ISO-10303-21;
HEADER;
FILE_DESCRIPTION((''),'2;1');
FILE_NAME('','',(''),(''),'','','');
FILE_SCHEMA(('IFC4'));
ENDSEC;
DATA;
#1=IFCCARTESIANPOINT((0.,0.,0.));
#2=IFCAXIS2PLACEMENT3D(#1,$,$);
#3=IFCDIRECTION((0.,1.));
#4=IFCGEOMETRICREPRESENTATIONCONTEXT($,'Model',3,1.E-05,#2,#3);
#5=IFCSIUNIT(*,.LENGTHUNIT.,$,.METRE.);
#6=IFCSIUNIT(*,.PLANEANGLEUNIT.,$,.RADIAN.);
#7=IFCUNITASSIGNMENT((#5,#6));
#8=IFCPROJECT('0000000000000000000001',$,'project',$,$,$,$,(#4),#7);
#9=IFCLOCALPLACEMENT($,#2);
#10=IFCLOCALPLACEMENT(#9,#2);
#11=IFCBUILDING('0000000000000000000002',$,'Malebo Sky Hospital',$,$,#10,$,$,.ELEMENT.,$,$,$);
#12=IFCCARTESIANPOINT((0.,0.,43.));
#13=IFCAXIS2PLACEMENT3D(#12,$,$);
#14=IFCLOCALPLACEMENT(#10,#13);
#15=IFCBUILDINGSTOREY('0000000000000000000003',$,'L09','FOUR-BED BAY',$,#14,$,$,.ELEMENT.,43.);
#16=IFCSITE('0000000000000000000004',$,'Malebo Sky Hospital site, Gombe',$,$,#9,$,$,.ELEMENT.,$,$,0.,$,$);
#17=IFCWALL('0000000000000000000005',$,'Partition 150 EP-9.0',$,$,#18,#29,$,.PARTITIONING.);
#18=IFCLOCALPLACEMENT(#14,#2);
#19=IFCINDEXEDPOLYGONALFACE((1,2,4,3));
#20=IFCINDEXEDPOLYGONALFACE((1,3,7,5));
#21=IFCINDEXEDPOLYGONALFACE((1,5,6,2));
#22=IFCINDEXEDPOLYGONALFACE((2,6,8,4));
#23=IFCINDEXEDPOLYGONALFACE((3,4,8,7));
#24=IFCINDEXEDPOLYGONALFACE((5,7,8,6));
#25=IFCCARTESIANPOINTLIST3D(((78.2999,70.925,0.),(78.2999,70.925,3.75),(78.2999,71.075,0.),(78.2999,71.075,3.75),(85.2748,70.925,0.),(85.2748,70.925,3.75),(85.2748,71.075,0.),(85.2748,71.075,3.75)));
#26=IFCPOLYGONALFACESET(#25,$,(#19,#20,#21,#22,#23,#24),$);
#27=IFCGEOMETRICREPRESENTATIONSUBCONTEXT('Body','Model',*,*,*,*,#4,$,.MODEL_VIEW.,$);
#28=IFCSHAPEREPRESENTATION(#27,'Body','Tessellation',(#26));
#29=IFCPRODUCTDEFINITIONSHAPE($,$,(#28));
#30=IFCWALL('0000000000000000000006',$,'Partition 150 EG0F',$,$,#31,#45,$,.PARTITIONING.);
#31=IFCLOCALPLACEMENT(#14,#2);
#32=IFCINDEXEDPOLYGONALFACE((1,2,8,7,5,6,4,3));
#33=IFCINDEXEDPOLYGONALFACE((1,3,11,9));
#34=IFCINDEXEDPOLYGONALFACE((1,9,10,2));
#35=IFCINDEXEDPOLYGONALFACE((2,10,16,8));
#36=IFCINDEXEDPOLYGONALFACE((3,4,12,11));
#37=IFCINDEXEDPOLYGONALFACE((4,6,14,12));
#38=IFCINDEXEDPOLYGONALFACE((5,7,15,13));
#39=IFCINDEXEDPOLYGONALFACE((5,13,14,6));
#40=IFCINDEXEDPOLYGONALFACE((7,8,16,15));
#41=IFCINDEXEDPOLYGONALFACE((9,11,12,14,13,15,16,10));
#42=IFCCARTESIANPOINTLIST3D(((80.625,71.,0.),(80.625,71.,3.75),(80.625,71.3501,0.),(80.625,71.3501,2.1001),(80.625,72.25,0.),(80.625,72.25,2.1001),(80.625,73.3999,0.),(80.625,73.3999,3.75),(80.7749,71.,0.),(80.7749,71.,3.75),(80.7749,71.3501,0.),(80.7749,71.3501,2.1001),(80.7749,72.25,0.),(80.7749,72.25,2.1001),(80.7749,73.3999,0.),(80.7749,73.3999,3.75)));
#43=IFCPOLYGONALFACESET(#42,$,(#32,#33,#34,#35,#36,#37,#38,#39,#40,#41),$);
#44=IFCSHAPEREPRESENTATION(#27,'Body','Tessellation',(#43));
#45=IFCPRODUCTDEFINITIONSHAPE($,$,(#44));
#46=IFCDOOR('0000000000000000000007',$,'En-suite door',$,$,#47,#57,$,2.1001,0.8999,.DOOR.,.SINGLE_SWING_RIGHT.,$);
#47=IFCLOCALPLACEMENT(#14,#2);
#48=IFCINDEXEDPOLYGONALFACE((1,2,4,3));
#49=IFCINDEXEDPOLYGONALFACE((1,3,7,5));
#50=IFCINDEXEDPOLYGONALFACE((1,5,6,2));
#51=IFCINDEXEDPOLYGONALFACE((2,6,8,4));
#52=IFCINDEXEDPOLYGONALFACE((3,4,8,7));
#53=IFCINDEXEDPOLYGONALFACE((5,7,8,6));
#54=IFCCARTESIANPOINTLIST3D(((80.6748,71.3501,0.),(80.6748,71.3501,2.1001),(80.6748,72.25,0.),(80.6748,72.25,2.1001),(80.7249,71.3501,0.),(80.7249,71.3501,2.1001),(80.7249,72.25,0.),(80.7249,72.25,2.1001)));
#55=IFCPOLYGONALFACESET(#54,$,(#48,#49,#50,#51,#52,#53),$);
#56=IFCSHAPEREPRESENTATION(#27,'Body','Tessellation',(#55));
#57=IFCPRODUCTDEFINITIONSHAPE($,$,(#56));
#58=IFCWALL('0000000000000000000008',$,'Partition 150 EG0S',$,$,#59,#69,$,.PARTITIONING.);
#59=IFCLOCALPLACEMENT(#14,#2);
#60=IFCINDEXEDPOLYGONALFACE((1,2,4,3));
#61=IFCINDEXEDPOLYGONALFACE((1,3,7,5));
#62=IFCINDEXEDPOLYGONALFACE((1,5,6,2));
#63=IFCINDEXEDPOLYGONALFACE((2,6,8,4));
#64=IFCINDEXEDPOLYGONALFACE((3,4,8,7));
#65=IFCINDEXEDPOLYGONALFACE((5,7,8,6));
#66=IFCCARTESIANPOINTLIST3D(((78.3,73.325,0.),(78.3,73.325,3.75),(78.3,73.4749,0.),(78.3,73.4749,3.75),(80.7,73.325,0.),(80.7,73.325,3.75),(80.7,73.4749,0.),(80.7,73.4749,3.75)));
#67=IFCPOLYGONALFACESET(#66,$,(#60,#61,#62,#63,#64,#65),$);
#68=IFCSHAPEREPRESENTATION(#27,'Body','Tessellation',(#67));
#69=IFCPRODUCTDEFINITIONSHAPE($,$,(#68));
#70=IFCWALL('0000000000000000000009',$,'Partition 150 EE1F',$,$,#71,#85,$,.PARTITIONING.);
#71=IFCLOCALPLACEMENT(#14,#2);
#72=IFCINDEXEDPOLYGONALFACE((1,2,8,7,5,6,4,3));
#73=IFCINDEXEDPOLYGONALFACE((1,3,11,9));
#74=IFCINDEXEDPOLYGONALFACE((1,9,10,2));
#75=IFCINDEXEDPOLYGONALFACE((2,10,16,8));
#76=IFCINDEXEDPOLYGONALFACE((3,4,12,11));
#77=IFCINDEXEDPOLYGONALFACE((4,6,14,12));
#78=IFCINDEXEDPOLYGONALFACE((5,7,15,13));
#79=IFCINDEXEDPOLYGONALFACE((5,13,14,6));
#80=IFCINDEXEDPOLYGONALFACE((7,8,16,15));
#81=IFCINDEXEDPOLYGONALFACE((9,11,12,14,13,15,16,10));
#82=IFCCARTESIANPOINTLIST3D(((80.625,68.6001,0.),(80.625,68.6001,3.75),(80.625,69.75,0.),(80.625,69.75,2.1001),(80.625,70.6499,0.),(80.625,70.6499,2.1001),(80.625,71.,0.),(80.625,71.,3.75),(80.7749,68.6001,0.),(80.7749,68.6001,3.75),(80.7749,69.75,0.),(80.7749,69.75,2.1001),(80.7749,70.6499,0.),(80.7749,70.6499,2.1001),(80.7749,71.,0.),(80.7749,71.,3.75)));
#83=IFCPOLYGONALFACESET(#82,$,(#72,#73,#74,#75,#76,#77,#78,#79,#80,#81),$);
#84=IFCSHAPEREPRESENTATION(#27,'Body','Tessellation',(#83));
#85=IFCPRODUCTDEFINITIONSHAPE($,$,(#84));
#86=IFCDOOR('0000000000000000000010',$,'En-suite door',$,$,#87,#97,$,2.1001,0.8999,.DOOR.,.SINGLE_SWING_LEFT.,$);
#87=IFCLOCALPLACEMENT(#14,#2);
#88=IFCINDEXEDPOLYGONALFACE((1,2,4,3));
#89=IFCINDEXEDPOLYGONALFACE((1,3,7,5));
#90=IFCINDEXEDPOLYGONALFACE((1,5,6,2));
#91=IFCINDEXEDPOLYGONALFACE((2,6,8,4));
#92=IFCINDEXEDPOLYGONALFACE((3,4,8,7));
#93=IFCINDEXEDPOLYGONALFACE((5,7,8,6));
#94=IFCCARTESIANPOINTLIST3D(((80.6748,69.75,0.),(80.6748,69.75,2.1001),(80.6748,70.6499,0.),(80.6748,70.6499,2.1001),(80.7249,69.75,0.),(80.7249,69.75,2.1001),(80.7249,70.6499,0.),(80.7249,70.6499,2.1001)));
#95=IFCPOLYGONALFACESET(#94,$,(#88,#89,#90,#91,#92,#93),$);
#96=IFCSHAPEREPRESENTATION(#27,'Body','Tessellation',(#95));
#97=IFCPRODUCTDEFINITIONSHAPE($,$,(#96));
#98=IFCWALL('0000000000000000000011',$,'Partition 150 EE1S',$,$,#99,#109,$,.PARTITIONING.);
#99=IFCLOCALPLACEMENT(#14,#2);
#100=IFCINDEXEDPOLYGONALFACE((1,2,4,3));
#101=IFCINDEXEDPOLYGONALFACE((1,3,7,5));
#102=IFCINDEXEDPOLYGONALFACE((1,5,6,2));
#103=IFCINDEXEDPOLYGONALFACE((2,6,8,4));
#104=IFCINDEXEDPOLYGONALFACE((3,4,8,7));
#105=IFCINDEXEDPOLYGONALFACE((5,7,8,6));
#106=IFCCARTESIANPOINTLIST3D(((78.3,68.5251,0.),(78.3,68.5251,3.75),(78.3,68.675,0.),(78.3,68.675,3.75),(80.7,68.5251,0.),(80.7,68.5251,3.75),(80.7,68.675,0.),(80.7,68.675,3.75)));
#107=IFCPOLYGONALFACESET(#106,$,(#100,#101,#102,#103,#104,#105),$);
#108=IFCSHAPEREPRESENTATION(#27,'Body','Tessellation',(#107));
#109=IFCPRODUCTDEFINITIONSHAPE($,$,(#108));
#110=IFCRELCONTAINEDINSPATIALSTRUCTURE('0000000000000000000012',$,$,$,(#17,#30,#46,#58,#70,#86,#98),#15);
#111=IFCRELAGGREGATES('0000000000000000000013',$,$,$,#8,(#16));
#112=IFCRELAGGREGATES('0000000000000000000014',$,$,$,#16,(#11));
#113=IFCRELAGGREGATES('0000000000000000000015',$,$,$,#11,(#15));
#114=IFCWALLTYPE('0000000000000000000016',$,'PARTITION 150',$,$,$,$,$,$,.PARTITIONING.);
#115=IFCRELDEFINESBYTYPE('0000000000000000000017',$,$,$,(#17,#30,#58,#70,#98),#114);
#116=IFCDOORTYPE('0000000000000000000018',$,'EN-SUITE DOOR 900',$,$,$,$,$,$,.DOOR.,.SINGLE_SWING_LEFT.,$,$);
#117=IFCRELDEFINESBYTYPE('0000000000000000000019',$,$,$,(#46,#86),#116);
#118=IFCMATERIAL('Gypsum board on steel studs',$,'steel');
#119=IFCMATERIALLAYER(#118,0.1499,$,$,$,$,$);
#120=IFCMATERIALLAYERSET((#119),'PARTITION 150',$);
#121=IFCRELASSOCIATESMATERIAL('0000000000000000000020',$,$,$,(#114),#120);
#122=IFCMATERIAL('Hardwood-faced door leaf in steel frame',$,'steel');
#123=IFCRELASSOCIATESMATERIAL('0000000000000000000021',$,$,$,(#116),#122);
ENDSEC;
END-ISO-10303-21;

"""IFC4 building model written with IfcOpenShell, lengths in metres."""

from ifc_helpers import new_model, si_unit, direction, frame, frame_2d, origin, place, context, subcontext, project, spatial, rectangle, extrude, material, layer, layer_set, type_object, element, fill, save


model = new_model("IFC4")

# Units and contexts
model_context = context("Model", 3, precision=1e-05, world=origin(), true_north=direction((0.0, 1.0)))
body_context = subcontext(model_context, "Body", "Model", "MODEL_VIEW")
ifc_project = project(units=[si_unit("LENGTHUNIT", "METRE"), si_unit("PLANEANGLEUNIT", "RADIAN")], contexts=[model_context])

# Site, building, storey
site_placement = place(None, origin())
site = spatial("IfcSite", under=ifc_project, at=site_placement, Name="Malebo Sky Hospital site, Gombe", CompositionType="ELEMENT", RefElevation=0.0)
building_placement = place(site_placement, origin())
building = spatial("IfcBuilding", under=site, at=building_placement, Name="Malebo Sky Hospital", CompositionType="ELEMENT")
storey_placement = place(building_placement, frame((0.0, 0.0, 43.0)))
storey = spatial("IfcBuildingStorey", under=building, at=storey_placement, Name="L09", Description="FOUR-BED BAY", CompositionType="ELEMENT", Elevation=43.0)

# Wall
ifc_material_1 = material(Name="Gypsum board on steel studs", Category="steel")
ifc_layer_1 = layer(ifc_material_1, 0.1499)
ifc_layer_set_1 = layer_set([ifc_layer_1], Name="PARTITION 150")
wall_type = type_object("IfcWallType", Name="PARTITION 150", PredefinedType="PARTITIONING", material=ifc_layer_set_1)
wall_1_placement = place(storey_placement, frame((78.3, 71.0, 0.0), z_axis=(0.0, 0.0, 1.0), x_axis=(1.0, 0.0, 0.0)))
element("IfcWall", 1, at=wall_1_placement, inside=storey, type_object=wall_type, Name="Partition 150 EP-9.0", PredefinedType="PARTITIONING", context=body_context, shape_type="SweptSolid", body=[
    extrude(rectangle(XDim=6.9749, YDim=0.1499, at=frame_2d((3.4873, 0.0))), origin(), (0.0, 0.0, 1.0), 3.75),
])

# Wall, opening, door
wall_2_placement = place(storey_placement, frame((80.7, 73.3999, 0.0), z_axis=(0.0, 0.0, 1.0), x_axis=(0.0, -1.0, 0.0)))
wall_2 = element("IfcWall", 2, at=wall_2_placement, inside=storey, type_object=wall_type, Name="Partition 150 EG0F", PredefinedType="PARTITIONING", context=body_context, shape_type="SweptSolid", body=[
    extrude(rectangle(XDim=2.3999, YDim=0.1499, at=frame_2d((1.2, 0.0))), origin(), (0.0, 0.0, 1.0), 3.75),
])
opening_1_placement = place(wall_2_placement, frame((1.1499, 0.0, 0.0)))
opening_1 = element("IfcOpeningElement", 3, at=opening_1_placement, cuts=wall_2, PredefinedType="OPENING", context=body_context, shape_type="SweptSolid", body=[
    extrude(rectangle(XDim=0.8999, YDim=2.1001, at=frame_2d((0.45, 1.05))), frame((0.0, 0.085, 0.0), z_axis=(0.0, -1.0, 0.0), x_axis=(1.0, 0.0, 0.0)), (0.0, 0.0, 1.0), 0.1699),
])
ifc_material_2 = material(Name="Hardwood-faced door leaf in steel frame", Category="steel")
door_type = type_object("IfcDoorType", Name="EN-SUITE DOOR 900", OperationType="SINGLE_SWING_LEFT", PredefinedType="DOOR", material=ifc_material_2)
door_1_placement = place(opening_1_placement, origin())
door_1 = element("IfcDoor", 4, at=door_1_placement, inside=storey, type_object=door_type, Name="En-suite door", OperationType="SINGLE_SWING_RIGHT", OverallHeight=2.1001, OverallWidth=0.8999, PredefinedType="DOOR", context=body_context, shape_type="SweptSolid", body=[
    extrude(rectangle(XDim=0.8999, YDim=2.1001, at=frame_2d((0.45, 1.05))), frame((0.0, 0.0249, 0.0), z_axis=(0.0, -1.0, 0.0), x_axis=(1.0, 0.0, 0.0)), (0.0, 0.0, 1.0), 0.05),
])
fill(opening_1, door_1)

# Wall
wall_3_placement = place(storey_placement, frame((78.3, 73.3999, 0.0), z_axis=(0.0, 0.0, 1.0), x_axis=(1.0, 0.0, 0.0)))
element("IfcWall", 5, at=wall_3_placement, inside=storey, type_object=wall_type, Name="Partition 150 EG0S", PredefinedType="PARTITIONING", context=body_context, shape_type="SweptSolid", body=[
    extrude(rectangle(XDim=2.3999, YDim=0.1499, at=frame_2d((1.2, 0.0))), origin(), (0.0, 0.0, 1.0), 3.75),
])

# Wall, opening, door
wall_4_placement = place(storey_placement, frame((80.7, 71.0, 0.0), z_axis=(0.0, 0.0, 1.0), x_axis=(0.0, -1.0, 0.0)))
wall_4 = element("IfcWall", 6, at=wall_4_placement, inside=storey, type_object=wall_type, Name="Partition 150 EE1F", PredefinedType="PARTITIONING", context=body_context, shape_type="SweptSolid", body=[
    extrude(rectangle(XDim=2.3999, YDim=0.1499, at=frame_2d((1.2, 0.0))), origin(), (0.0, 0.0, 1.0), 3.75),
])
opening_2_placement = place(wall_4_placement, frame((0.3501, 0.0, 0.0)))
opening_2 = element("IfcOpeningElement", 7, at=opening_2_placement, cuts=wall_4, PredefinedType="OPENING", context=body_context, shape_type="SweptSolid", body=[
    extrude(rectangle(XDim=0.8999, YDim=2.1001, at=frame_2d((0.45, 1.05))), frame((0.0, 0.085, 0.0), z_axis=(0.0, -1.0, 0.0), x_axis=(1.0, 0.0, 0.0)), (0.0, 0.0, 1.0), 0.1699),
])
door_2_placement = place(opening_2_placement, origin())
door_2 = element("IfcDoor", 8, at=door_2_placement, inside=storey, type_object=door_type, Name="En-suite door", OperationType="SINGLE_SWING_LEFT", OverallHeight=2.1001, OverallWidth=0.8999, PredefinedType="DOOR", context=body_context, shape_type="SweptSolid", body=[
    extrude(rectangle(XDim=0.8999, YDim=2.1001, at=frame_2d((0.45, 1.05))), frame((0.0, 0.0249, 0.0), z_axis=(0.0, -1.0, 0.0), x_axis=(1.0, 0.0, 0.0)), (0.0, 0.0, 1.0), 0.05),
])
fill(opening_2, door_2)

# Wall
wall_5_placement = place(storey_placement, frame((78.3, 68.6001, 0.0), z_axis=(0.0, 0.0, 1.0), x_axis=(1.0, 0.0, 0.0)))
element("IfcWall", 9, at=wall_5_placement, inside=storey, type_object=wall_type, Name="Partition 150 EE1S", PredefinedType="PARTITIONING", context=body_context, shape_type="SweptSolid", body=[
    extrude(rectangle(XDim=2.3999, YDim=0.1499, at=frame_2d((1.2, 0.0))), origin(), (0.0, 0.0, 1.0), 3.75),
])

save(model, "model.ifc")
